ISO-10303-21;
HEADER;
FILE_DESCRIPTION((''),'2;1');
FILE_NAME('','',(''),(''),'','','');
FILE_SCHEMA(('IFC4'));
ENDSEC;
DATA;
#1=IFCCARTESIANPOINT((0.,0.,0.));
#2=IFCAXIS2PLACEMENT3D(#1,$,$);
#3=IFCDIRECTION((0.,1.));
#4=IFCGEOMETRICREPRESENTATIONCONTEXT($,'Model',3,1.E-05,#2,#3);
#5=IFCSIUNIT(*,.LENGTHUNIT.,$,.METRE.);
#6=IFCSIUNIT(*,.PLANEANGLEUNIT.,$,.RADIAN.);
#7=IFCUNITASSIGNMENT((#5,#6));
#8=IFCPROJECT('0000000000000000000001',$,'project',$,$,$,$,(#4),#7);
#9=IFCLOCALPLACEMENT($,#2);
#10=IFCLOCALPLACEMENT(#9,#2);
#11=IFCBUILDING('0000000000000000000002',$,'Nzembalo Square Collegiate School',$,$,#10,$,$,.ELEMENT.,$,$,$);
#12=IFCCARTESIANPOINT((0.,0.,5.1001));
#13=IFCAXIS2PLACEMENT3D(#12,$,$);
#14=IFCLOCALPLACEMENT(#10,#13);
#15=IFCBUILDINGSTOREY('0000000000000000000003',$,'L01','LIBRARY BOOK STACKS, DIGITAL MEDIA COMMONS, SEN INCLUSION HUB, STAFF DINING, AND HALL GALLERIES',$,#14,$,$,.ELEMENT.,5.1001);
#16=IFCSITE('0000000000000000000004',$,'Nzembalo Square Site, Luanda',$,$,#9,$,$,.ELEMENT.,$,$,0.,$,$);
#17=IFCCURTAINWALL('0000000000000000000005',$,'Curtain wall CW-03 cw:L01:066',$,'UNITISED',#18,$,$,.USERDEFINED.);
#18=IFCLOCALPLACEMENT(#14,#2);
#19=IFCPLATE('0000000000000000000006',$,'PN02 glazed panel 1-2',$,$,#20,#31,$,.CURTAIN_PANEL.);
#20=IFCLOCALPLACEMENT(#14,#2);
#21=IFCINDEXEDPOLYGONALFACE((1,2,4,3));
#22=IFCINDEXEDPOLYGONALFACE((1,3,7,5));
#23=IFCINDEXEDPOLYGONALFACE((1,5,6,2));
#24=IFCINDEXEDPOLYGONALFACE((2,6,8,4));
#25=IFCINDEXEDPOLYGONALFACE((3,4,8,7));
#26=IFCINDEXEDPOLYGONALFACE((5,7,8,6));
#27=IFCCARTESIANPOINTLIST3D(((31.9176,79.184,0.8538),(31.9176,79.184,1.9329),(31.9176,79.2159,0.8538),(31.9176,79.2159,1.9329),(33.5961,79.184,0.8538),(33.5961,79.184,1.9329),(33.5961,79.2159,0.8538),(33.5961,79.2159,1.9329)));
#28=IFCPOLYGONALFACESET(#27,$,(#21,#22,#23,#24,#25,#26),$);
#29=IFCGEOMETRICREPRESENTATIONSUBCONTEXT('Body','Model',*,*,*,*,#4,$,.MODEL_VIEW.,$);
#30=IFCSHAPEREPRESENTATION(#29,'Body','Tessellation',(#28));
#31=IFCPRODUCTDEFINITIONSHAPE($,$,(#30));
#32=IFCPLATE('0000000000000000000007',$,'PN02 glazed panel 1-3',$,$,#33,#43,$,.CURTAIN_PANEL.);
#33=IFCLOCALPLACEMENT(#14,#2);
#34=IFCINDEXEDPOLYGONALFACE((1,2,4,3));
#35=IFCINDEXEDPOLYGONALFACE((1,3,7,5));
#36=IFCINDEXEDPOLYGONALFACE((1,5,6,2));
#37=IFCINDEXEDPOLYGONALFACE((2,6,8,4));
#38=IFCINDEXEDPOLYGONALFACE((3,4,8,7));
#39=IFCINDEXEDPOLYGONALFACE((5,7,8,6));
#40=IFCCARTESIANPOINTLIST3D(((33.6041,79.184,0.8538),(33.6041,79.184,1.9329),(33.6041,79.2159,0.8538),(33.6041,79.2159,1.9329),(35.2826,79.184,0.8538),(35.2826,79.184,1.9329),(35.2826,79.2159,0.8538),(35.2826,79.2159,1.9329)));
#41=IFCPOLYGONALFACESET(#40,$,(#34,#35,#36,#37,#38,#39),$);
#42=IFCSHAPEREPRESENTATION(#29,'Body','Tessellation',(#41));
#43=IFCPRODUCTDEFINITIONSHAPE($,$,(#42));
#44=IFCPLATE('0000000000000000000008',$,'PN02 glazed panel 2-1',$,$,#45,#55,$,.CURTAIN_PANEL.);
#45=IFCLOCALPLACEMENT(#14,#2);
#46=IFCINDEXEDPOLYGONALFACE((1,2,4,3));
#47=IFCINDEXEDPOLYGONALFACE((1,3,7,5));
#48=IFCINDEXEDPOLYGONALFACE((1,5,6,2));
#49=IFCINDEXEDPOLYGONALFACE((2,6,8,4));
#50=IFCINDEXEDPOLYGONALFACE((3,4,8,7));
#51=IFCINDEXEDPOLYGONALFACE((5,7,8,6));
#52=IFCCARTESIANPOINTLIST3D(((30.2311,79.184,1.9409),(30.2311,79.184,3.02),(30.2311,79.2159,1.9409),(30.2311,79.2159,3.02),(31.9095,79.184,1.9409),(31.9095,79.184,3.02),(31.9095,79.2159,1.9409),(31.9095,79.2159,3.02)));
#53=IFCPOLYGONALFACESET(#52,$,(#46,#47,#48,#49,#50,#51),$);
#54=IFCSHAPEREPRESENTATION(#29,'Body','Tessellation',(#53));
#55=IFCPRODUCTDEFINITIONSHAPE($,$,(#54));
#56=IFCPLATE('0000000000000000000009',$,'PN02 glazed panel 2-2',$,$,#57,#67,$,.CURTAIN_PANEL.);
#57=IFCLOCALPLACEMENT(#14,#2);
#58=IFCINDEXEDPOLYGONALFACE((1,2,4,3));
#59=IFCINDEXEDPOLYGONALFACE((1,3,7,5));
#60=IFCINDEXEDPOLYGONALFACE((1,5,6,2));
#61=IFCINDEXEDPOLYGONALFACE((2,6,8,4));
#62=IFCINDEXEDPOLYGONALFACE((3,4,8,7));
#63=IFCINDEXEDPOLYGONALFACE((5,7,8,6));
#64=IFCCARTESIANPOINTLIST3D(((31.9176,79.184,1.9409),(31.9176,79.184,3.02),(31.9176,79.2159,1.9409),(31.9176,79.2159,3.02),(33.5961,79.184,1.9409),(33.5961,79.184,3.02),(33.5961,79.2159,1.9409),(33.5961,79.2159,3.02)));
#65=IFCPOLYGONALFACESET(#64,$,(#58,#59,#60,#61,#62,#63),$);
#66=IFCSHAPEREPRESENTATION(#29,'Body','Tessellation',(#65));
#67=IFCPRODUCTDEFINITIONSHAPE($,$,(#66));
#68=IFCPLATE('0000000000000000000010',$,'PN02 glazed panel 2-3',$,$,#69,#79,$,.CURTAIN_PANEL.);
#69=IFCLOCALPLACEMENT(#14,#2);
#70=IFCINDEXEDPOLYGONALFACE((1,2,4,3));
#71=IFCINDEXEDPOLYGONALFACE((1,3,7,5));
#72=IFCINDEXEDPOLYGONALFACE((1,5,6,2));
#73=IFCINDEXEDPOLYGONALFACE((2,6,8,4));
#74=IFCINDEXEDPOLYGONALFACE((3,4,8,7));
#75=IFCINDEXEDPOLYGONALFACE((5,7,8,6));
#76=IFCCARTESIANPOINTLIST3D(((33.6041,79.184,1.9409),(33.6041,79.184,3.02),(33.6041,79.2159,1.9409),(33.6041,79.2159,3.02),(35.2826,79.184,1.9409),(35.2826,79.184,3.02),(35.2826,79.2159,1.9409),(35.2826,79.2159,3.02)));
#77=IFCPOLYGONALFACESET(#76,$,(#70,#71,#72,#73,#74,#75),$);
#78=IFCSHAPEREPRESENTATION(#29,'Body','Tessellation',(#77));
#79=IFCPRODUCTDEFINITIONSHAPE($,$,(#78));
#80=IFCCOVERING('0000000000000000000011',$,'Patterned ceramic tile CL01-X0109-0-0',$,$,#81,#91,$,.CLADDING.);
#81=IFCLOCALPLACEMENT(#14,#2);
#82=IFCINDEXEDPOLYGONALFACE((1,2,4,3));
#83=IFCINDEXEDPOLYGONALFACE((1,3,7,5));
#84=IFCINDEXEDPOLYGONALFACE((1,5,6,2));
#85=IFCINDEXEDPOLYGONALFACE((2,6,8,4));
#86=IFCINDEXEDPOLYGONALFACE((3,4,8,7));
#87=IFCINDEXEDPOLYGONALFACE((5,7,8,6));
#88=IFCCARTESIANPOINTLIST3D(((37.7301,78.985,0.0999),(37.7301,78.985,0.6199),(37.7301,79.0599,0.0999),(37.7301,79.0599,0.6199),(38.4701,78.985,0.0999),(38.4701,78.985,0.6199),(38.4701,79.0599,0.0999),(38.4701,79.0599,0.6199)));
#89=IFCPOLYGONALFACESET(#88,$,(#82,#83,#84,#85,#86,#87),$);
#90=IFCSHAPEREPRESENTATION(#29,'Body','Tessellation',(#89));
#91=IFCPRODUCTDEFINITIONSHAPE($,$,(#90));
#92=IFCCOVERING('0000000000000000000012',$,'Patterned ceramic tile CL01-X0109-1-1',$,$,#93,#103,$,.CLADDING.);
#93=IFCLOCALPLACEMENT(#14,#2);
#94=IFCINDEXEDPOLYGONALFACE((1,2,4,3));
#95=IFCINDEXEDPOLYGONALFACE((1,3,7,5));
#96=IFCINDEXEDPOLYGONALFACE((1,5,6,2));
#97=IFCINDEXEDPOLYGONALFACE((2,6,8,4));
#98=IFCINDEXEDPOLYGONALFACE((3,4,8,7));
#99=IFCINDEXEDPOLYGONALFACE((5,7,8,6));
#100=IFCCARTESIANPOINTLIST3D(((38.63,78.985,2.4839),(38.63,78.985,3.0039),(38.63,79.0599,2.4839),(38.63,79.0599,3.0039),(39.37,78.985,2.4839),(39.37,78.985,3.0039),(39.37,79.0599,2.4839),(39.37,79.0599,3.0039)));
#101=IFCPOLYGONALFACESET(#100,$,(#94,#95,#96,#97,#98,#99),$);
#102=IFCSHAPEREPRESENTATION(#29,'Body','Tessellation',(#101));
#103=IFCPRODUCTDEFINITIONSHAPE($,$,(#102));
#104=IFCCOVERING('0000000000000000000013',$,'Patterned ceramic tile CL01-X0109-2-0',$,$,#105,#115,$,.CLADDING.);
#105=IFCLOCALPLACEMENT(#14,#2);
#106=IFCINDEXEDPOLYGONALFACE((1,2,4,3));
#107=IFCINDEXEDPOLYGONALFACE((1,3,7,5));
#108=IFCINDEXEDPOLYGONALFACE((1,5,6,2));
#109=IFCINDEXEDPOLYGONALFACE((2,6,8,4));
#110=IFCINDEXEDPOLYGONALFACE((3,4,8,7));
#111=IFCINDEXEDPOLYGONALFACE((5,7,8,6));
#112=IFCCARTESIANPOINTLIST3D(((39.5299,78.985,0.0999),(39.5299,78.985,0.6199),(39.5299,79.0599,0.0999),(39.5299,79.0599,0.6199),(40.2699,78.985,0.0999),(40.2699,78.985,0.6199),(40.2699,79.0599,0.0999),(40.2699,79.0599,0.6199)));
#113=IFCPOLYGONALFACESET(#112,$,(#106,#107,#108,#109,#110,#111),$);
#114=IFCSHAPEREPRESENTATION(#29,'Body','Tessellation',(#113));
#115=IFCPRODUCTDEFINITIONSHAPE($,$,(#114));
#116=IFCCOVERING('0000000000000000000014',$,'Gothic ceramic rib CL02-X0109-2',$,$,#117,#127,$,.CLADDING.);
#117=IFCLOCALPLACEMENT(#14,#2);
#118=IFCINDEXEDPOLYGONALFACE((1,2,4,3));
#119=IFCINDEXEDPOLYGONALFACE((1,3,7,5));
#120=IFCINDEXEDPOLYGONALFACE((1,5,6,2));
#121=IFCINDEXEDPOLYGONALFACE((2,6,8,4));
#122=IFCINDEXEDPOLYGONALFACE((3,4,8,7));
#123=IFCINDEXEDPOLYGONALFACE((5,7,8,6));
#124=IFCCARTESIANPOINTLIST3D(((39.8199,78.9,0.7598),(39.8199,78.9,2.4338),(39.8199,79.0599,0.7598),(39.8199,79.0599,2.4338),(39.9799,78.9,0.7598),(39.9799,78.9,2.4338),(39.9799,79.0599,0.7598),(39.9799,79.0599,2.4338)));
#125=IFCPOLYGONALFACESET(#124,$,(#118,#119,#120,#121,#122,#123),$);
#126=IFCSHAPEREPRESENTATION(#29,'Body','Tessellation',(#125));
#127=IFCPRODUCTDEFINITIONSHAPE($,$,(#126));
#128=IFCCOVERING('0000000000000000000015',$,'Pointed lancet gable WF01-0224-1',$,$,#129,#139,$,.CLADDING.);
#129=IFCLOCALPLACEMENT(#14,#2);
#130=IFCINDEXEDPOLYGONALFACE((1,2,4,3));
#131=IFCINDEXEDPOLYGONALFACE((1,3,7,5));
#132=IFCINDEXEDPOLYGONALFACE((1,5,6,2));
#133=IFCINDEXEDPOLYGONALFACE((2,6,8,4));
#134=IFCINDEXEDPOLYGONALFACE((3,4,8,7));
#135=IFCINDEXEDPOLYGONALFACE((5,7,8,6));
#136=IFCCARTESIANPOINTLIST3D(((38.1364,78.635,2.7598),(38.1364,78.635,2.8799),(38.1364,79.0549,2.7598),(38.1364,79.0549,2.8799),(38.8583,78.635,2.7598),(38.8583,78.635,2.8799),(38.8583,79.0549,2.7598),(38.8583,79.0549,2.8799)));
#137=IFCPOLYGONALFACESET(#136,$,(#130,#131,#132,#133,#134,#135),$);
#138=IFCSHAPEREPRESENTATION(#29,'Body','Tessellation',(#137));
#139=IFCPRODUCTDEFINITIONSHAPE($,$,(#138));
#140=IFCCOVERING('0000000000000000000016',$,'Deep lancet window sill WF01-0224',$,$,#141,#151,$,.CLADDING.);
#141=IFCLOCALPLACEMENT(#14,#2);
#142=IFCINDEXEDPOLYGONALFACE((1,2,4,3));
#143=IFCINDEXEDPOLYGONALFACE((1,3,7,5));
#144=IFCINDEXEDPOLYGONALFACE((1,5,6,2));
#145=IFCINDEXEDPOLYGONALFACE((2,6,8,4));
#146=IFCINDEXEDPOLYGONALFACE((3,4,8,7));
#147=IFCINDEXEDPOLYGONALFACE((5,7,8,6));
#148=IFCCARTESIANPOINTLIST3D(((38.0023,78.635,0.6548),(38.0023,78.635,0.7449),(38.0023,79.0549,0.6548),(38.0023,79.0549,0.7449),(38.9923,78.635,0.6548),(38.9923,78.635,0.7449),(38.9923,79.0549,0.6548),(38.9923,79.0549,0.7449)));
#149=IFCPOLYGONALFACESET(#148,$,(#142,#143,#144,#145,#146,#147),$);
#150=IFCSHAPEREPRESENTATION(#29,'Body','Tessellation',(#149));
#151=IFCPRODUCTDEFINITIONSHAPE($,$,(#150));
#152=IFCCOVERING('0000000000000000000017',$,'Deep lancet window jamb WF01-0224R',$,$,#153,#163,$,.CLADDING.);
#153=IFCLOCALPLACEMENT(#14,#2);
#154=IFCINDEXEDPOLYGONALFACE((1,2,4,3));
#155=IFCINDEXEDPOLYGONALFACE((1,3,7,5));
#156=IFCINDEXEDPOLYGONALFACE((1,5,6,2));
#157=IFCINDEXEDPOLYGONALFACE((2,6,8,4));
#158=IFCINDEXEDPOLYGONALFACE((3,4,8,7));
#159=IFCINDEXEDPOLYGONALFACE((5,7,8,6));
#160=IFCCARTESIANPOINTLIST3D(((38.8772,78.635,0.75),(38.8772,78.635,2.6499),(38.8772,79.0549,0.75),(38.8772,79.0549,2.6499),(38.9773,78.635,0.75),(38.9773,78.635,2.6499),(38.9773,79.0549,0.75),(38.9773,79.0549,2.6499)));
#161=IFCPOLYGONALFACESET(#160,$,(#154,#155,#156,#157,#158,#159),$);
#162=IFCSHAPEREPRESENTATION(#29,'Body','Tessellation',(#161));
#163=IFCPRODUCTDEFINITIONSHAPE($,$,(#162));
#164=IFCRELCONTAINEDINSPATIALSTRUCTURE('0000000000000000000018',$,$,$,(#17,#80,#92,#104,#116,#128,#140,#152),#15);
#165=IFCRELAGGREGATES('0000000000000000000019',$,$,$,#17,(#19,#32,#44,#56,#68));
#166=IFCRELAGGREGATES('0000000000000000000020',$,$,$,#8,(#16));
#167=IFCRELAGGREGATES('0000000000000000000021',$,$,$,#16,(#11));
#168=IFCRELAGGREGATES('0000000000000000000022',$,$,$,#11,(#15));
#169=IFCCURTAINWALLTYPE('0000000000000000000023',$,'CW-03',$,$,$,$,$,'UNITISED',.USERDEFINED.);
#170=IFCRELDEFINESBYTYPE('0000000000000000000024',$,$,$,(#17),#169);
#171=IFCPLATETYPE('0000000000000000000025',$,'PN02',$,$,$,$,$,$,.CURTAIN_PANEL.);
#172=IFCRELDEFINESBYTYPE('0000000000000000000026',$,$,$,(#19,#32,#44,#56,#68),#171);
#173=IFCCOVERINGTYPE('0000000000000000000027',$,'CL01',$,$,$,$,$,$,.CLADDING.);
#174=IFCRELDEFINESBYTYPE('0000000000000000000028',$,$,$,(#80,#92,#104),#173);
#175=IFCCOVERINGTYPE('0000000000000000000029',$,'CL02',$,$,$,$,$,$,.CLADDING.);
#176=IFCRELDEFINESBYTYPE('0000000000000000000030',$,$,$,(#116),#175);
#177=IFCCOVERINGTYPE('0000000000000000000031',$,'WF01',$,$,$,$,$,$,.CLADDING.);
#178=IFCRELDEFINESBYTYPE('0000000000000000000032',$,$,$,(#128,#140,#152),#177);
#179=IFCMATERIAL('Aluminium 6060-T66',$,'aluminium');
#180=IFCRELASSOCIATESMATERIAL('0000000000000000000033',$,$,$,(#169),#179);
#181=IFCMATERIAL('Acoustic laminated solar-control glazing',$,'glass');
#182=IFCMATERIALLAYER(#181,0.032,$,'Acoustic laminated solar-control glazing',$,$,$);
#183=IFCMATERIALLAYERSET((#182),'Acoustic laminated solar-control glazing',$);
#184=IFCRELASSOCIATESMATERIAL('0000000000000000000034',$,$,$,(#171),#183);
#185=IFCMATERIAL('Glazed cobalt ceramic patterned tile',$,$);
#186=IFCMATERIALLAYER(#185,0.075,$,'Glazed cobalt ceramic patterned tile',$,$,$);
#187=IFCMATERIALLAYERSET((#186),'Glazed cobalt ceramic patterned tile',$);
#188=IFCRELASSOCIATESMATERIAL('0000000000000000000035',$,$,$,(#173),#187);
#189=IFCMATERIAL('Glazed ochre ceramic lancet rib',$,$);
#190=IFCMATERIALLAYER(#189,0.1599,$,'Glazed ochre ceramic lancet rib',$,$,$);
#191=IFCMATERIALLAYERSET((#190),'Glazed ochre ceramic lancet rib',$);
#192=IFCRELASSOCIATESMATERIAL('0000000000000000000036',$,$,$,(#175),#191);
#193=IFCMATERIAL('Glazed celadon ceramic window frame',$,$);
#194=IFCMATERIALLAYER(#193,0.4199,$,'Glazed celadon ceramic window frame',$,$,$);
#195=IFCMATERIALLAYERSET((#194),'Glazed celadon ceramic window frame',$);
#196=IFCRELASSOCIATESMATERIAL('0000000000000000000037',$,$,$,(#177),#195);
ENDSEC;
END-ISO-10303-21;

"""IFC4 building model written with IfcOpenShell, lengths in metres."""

from ifc_helpers import new_model, si_unit, direction, frame, origin, origin_2d, place, context, subcontext, project, spatial, rectangle, extrude, material, layer, layer_set, type_object, element, aggregate, save


model = new_model("IFC4")

# Units and contexts
model_context = context("Model", 3, precision=1e-05, world=origin(), true_north=direction((0.0, 1.0)))
body_context = subcontext(model_context, "Body", "Model", "MODEL_VIEW")
ifc_project = project(units=[si_unit("LENGTHUNIT", "METRE"), si_unit("PLANEANGLEUNIT", "RADIAN")], contexts=[model_context])

# Site, building, storey
site_placement = place(None, origin())
site = spatial("IfcSite", under=ifc_project, at=site_placement, Name="Nzembalo Square Site, Luanda", CompositionType="ELEMENT", RefElevation=0.0)
building_placement = place(site_placement, origin())
building = spatial("IfcBuilding", under=site, at=building_placement, Name="Nzembalo Square Collegiate School", CompositionType="ELEMENT")
storey_placement = place(building_placement, frame((0.0, 0.0, 5.1001)))
storey = spatial("IfcBuildingStorey", under=building, at=storey_placement, Name="L01", Description="LIBRARY BOOK STACKS, DIGITAL MEDIA COMMONS, SEN INCLUSION HUB, STAFF DINING, AND HALL GALLERIES", CompositionType="ELEMENT", Elevation=5.1001)

# Curtain wall, plates
ifc_material_1 = material(Name="Aluminium 6060-T66", Category="aluminium")
curtain_wall_type = type_object("IfcCurtainWallType", Name="CW-03", ElementType="UNITISED", PredefinedType="USERDEFINED", material=ifc_material_1)
curtain_wall_placement = place(storey_placement, origin())
curtain_wall = element("IfcCurtainWall", 1, at=curtain_wall_placement, inside=storey, type_object=curtain_wall_type, Name="Curtain wall CW-03 cw:L01:066", ObjectType="UNITISED", PredefinedType="USERDEFINED")
ifc_material_2 = material(Name="Acoustic laminated solar-control glazing", Category="glass")
ifc_layer_1 = layer(ifc_material_2, 0.032, Name="Acoustic laminated solar-control glazing")
ifc_layer_set_1 = layer_set([ifc_layer_1], Name="Acoustic laminated solar-control glazing")
plate_type = type_object("IfcPlateType", Name="PN02", PredefinedType="CURTAIN_PANEL", material=ifc_layer_set_1)
plate_1_placement = place(storey_placement, frame((32.7568, 79.2, 0.8538), z_axis=(0.0, 0.0, 1.0), x_axis=(1.0, 0.0, 0.0)))
plate_1 = element("IfcPlate", 2, at=plate_1_placement, type_object=plate_type, Name="PN02 glazed panel 1-2", PredefinedType="CURTAIN_PANEL", context=body_context, shape_type="SweptSolid", body=[
    extrude(rectangle(XDim=1.6785, YDim=0.032, at=origin_2d()), origin(), (0.0, 0.0, 1.0), 1.0791),
])
plate_2_placement = place(storey_placement, frame((34.4434, 79.2, 0.8538), z_axis=(0.0, 0.0, 1.0), x_axis=(1.0, 0.0, 0.0)))
plate_2 = element("IfcPlate", 3, at=plate_2_placement, type_object=plate_type, Name="PN02 glazed panel 1-3", PredefinedType="CURTAIN_PANEL", context=body_context, shape_type="SweptSolid", body=[
    extrude(rectangle(XDim=1.6785, YDim=0.032, at=origin_2d()), origin(), (0.0, 0.0, 1.0), 1.0791),
])
plate_3_placement = place(storey_placement, frame((31.0703, 79.2, 1.9409), z_axis=(0.0, 0.0, 1.0), x_axis=(1.0, 0.0, 0.0)))
plate_3 = element("IfcPlate", 4, at=plate_3_placement, type_object=plate_type, Name="PN02 glazed panel 2-1", PredefinedType="CURTAIN_PANEL", context=body_context, shape_type="SweptSolid", body=[
    extrude(rectangle(XDim=1.6785, YDim=0.032, at=origin_2d()), origin(), (0.0, 0.0, 1.0), 1.0791),
])
plate_4_placement = place(storey_placement, frame((32.7568, 79.2, 1.9409), z_axis=(0.0, 0.0, 1.0), x_axis=(1.0, 0.0, 0.0)))
plate_4 = element("IfcPlate", 5, at=plate_4_placement, type_object=plate_type, Name="PN02 glazed panel 2-2", PredefinedType="CURTAIN_PANEL", context=body_context, shape_type="SweptSolid", body=[
    extrude(rectangle(XDim=1.6785, YDim=0.032, at=origin_2d()), origin(), (0.0, 0.0, 1.0), 1.0791),
])
plate_5_placement = place(storey_placement, frame((34.4434, 79.2, 1.9409), z_axis=(0.0, 0.0, 1.0), x_axis=(1.0, 0.0, 0.0)))
plate_5 = element("IfcPlate", 6, at=plate_5_placement, type_object=plate_type, Name="PN02 glazed panel 2-3", PredefinedType="CURTAIN_PANEL", context=body_context, shape_type="SweptSolid", body=[
    extrude(rectangle(XDim=1.6785, YDim=0.032, at=origin_2d()), origin(), (0.0, 0.0, 1.0), 1.0791),
])
aggregate(curtain_wall, [plate_1, plate_2, plate_3, plate_4, plate_5])

# Coverings
ifc_material_3 = material(Name="Glazed cobalt ceramic patterned tile")
ifc_layer_2 = layer(ifc_material_3, 0.075, Name="Glazed cobalt ceramic patterned tile")
ifc_layer_set_2 = layer_set([ifc_layer_2], Name="Glazed cobalt ceramic patterned tile")
covering_type_1 = type_object("IfcCoveringType", Name="CL01", PredefinedType="CLADDING", material=ifc_layer_set_2)
for number, where, z_axis, x_axis, name in (
    (7, (38.1001, 79.0225, 0.0999), (0.0, 0.0, 1.0), (1.0, 0.0, 0.0), "Patterned ceramic tile CL01-X0109-0-0"),
    (8, (39.0, 79.0225, 2.4839), (0.0, 0.0, 1.0), (1.0, 0.0, 0.0), "Patterned ceramic tile CL01-X0109-1-1"),
    (9, (39.8999, 79.0225, 0.0999), (0.0, 0.0, 1.0), (1.0, 0.0, 0.0), "Patterned ceramic tile CL01-X0109-2-0"),
):
    element("IfcCovering", number, at=place(storey_placement, frame(where, z_axis=z_axis, x_axis=x_axis)), inside=storey, type_object=covering_type_1, Name=name, PredefinedType="CLADDING", context=body_context, shape_type="SweptSolid", body=[
        extrude(rectangle(XDim=0.74, YDim=0.075, at=origin_2d()), origin(), (0.0, 0.0, 1.0), 0.52),
    ])
ifc_material_4 = material(Name="Glazed ochre ceramic lancet rib")
ifc_layer_3 = layer(ifc_material_4, 0.1599, Name="Glazed ochre ceramic lancet rib")
ifc_layer_set_3 = layer_set([ifc_layer_3], Name="Glazed ochre ceramic lancet rib")
covering_type_2 = type_object("IfcCoveringType", Name="CL02", PredefinedType="CLADDING", material=ifc_layer_set_3)
covering_1_placement = place(storey_placement, frame((39.8999, 78.98, 0.7598), z_axis=(0.0, 0.0, 1.0), x_axis=(1.0, 0.0, 0.0)))
element("IfcCovering", 10, at=covering_1_placement, inside=storey, type_object=covering_type_2, Name="Gothic ceramic rib CL02-X0109-2", PredefinedType="CLADDING", context=body_context, shape_type="SweptSolid", body=[
    extrude(rectangle(XDim=0.1599, YDim=0.1599, at=origin_2d()), origin(), (0.0, 0.0, 1.0), 1.6741),
])
ifc_material_5 = material(Name="Glazed celadon ceramic window frame")
ifc_layer_4 = layer(ifc_material_5, 0.4199, Name="Glazed celadon ceramic window frame")
ifc_layer_set_4 = layer_set([ifc_layer_4], Name="Glazed celadon ceramic window frame")
covering_type_3 = type_object("IfcCoveringType", Name="WF01", PredefinedType="CLADDING", material=ifc_layer_set_4)
covering_2_placement = place(storey_placement, frame((38.4973, 78.845, 2.7598), z_axis=(0.0, 0.0, 1.0), x_axis=(1.0, 0.0, 0.0)))
element("IfcCovering", 11, at=covering_2_placement, inside=storey, type_object=covering_type_3, Name="Pointed lancet gable WF01-0224-1", PredefinedType="CLADDING", context=body_context, shape_type="SweptSolid", body=[
    extrude(rectangle(XDim=0.7219, YDim=0.4199, at=origin_2d()), origin(), (0.0, 0.0, 1.0), 0.1201),
])
covering_3_placement = place(storey_placement, frame((38.4973, 78.845, 0.6548), z_axis=(0.0, 0.0, 1.0), x_axis=(1.0, 0.0, 0.0)))
element("IfcCovering", 12, at=covering_3_placement, inside=storey, type_object=covering_type_3, Name="Deep lancet window sill WF01-0224", PredefinedType="CLADDING", context=body_context, shape_type="SweptSolid", body=[
    extrude(rectangle(XDim=0.99, YDim=0.4199, at=origin_2d()), origin(), (0.0, 0.0, 1.0), 0.0901),
])
covering_4_placement = place(storey_placement, frame((38.9272, 78.845, 0.75), z_axis=(0.0, 0.0, 1.0), x_axis=(1.0, 0.0, 0.0)))
element("IfcCovering", 13, at=covering_4_placement, inside=storey, type_object=covering_type_3, Name="Deep lancet window jamb WF01-0224R", PredefinedType="CLADDING", context=body_context, shape_type="SweptSolid", body=[
    extrude(rectangle(XDim=0.1001, YDim=0.4199, at=origin_2d()), origin(), (0.0, 0.0, 1.0), 1.8999),
])

save(model, "model.ifc")
